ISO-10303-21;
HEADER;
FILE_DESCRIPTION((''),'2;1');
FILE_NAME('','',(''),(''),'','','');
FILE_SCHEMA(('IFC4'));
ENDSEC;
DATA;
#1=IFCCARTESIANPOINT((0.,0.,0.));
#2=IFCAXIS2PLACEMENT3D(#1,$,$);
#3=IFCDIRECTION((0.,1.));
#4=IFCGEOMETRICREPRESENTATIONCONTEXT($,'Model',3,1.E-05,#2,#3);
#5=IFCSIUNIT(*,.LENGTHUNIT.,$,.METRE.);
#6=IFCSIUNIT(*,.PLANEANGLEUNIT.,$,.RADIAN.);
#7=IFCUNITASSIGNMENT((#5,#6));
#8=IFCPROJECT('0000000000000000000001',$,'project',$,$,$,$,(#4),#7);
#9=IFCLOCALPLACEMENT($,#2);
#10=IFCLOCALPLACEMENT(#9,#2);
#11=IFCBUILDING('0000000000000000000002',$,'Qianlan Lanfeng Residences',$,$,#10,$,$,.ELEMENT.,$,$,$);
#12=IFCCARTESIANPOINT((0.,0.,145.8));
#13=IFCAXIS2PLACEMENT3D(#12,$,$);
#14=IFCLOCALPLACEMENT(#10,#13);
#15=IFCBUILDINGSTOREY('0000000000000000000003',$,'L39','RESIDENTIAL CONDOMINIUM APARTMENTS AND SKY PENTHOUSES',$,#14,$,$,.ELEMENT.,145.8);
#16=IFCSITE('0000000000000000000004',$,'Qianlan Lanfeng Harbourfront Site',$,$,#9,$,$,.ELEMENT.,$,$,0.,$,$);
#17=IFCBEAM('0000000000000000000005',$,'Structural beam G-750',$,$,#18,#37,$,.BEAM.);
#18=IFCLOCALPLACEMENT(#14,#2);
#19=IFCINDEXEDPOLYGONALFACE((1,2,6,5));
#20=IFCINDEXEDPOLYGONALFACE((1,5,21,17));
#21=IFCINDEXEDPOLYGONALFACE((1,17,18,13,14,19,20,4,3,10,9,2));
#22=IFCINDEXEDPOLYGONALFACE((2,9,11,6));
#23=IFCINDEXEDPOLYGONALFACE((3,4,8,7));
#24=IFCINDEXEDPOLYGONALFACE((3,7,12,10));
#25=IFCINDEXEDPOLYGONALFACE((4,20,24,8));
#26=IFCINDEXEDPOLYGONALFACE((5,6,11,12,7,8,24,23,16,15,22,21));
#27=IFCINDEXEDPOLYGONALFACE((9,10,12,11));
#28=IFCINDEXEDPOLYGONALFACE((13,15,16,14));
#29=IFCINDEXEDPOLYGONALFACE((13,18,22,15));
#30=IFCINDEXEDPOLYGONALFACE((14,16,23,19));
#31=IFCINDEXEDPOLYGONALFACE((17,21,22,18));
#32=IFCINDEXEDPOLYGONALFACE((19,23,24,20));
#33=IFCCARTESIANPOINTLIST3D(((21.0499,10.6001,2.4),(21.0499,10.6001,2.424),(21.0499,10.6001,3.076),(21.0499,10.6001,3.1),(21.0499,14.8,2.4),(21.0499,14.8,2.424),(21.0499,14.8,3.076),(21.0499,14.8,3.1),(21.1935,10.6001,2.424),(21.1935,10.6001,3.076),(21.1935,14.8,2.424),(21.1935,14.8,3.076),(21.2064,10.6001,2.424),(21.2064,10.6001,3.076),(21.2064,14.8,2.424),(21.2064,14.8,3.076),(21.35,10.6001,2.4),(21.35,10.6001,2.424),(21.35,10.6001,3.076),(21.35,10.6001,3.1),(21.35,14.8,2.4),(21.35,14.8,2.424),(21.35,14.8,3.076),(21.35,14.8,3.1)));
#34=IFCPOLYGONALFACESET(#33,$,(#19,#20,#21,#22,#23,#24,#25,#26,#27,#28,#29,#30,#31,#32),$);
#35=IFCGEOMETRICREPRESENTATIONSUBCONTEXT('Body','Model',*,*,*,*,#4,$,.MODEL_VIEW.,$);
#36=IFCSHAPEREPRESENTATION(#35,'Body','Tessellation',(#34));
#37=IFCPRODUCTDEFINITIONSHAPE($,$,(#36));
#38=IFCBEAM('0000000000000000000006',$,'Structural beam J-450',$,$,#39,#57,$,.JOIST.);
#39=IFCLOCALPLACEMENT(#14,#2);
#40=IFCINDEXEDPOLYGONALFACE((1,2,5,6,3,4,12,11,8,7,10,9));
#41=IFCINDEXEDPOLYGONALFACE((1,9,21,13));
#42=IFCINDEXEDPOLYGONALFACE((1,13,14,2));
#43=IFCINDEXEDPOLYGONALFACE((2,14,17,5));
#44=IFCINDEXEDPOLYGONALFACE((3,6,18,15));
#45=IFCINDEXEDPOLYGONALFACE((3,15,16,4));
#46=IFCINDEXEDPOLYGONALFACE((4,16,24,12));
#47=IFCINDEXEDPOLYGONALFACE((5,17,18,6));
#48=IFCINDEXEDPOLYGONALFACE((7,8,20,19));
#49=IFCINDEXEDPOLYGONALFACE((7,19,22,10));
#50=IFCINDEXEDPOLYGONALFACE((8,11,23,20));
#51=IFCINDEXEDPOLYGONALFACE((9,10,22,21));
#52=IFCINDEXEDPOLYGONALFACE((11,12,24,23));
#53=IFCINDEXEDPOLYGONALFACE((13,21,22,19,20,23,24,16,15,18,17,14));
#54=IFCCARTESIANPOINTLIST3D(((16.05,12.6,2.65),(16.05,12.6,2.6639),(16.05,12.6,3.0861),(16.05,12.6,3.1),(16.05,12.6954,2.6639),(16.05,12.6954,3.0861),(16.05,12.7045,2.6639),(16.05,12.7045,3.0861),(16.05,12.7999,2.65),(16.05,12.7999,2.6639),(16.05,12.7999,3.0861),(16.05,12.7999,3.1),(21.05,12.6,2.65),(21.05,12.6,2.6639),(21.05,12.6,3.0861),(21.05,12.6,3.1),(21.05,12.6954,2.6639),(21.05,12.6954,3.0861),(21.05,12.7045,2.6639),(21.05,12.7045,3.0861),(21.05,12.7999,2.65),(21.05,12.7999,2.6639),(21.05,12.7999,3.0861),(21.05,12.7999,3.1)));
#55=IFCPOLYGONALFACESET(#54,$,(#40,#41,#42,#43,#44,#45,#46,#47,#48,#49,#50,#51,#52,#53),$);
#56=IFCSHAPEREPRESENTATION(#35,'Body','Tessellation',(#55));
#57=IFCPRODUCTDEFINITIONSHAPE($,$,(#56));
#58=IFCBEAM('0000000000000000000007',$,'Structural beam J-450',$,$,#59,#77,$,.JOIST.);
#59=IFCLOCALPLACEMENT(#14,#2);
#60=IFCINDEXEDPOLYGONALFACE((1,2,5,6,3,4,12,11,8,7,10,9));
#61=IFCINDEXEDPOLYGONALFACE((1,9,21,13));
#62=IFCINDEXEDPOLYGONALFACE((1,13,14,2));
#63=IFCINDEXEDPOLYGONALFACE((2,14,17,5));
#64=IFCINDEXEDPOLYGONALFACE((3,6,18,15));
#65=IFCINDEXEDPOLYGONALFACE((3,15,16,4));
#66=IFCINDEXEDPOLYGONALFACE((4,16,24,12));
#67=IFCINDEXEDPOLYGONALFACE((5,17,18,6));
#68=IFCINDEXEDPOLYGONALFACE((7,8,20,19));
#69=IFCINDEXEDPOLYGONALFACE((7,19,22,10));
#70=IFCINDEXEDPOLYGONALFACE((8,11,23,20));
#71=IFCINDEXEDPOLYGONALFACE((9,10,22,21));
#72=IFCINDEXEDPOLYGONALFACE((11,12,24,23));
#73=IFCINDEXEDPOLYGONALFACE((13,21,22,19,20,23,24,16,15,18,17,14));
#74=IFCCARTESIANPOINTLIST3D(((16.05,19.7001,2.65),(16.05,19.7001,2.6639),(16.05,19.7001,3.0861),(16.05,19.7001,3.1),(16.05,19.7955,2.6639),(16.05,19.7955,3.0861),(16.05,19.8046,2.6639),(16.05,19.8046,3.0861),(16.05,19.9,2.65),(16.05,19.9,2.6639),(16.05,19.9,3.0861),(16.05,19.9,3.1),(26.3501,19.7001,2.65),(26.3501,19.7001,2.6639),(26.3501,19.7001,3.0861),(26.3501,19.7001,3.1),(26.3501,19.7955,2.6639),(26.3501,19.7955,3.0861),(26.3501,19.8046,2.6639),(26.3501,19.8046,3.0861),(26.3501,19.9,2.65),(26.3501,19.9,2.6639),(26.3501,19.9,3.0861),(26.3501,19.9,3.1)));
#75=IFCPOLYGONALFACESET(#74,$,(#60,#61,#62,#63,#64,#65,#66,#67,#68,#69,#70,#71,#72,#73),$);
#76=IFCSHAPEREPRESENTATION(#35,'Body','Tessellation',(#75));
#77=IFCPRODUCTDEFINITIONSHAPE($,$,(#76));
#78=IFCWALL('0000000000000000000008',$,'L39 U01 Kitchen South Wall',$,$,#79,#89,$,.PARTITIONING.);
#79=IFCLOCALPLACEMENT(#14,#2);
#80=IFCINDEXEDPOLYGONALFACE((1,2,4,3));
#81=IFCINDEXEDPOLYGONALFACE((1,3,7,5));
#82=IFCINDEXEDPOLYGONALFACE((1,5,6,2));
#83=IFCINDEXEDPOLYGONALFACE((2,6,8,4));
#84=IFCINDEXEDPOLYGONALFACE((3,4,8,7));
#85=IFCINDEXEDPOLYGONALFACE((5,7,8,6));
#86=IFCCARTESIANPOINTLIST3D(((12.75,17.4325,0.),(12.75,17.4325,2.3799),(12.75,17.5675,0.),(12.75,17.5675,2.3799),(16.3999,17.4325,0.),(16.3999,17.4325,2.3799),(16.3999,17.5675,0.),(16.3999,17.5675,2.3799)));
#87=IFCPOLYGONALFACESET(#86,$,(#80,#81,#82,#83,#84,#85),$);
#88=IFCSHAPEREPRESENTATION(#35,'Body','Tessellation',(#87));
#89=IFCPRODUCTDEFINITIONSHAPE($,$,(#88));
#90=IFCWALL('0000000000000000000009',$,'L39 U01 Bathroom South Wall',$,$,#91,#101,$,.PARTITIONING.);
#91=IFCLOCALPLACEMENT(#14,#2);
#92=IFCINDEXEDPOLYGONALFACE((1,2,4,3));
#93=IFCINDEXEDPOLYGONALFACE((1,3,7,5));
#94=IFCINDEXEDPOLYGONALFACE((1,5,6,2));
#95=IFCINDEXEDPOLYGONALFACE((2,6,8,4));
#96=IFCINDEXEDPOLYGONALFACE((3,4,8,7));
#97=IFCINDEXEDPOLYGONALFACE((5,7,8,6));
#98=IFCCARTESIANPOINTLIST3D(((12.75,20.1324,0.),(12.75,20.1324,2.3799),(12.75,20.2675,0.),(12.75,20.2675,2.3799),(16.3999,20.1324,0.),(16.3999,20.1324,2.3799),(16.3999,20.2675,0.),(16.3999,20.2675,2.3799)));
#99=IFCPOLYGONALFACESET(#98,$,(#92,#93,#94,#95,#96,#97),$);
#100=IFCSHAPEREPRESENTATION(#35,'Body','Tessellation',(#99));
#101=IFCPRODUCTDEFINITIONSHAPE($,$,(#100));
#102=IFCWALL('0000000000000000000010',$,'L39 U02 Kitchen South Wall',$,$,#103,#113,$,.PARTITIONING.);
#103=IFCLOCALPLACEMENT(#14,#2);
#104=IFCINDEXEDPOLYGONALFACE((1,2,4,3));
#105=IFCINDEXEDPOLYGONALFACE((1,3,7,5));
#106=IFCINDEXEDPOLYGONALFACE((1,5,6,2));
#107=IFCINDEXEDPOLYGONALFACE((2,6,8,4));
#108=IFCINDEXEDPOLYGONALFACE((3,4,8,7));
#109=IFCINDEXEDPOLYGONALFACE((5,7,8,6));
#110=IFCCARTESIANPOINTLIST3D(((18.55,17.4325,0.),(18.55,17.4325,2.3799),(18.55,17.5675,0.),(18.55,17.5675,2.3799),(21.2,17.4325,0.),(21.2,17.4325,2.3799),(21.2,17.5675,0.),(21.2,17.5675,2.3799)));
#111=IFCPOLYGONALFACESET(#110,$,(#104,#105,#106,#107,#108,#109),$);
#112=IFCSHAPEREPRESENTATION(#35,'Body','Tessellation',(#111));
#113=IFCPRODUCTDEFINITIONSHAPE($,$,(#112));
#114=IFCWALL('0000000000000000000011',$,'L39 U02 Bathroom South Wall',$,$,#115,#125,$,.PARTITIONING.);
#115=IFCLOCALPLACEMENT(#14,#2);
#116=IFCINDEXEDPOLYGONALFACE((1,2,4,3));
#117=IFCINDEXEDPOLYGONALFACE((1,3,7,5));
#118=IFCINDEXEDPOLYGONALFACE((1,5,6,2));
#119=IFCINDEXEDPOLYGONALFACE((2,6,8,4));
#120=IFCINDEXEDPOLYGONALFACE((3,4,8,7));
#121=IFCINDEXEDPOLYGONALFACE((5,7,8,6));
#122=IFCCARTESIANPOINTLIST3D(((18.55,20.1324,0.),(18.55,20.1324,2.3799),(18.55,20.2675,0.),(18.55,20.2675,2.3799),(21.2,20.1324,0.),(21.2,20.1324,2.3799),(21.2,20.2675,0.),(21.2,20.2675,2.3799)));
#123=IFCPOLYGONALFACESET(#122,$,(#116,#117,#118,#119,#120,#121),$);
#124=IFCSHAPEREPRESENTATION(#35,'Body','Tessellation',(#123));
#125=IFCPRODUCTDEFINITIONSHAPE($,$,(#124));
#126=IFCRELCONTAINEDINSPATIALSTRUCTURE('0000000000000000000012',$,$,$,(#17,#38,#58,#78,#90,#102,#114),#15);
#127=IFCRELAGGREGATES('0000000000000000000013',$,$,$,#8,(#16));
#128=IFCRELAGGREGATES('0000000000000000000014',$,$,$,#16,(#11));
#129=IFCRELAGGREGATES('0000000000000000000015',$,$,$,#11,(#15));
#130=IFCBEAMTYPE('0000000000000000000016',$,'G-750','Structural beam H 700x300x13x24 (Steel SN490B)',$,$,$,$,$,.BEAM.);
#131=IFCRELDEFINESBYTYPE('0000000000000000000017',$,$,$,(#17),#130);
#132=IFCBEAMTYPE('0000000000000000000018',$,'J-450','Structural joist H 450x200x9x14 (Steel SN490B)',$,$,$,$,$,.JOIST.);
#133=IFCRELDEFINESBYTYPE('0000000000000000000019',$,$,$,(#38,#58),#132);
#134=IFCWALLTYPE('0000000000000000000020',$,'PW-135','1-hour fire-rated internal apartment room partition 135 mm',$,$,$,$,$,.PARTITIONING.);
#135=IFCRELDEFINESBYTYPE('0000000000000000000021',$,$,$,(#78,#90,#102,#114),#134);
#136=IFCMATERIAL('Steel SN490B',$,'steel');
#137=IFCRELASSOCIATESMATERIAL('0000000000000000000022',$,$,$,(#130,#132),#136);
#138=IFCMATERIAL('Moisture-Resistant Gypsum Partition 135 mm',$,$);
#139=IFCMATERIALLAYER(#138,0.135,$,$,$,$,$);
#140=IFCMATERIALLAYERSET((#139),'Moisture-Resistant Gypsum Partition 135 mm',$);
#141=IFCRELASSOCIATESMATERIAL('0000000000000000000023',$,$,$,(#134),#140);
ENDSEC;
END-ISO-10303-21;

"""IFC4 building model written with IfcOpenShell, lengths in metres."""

from ifc_helpers import new_model, si_unit, direction, frame, frame_2d, origin, origin_2d, place, context, subcontext, project, spatial, rectangle, i_section, extrude, material, layer, layer_set, material_profile, profile_set, type_object, element, save


model = new_model("IFC4")

# Units and contexts
model_context = context("Model", 3, precision=1e-05, world=origin(), true_north=direction((0.0, 1.0)))
body_context = subcontext(model_context, "Body", "Model", "MODEL_VIEW")
ifc_project = project(units=[si_unit("LENGTHUNIT", "METRE"), si_unit("PLANEANGLEUNIT", "RADIAN")], contexts=[model_context])

# Site, building, storey
site_placement = place(None, origin())
site = spatial("IfcSite", under=ifc_project, at=site_placement, Name="Qianlan Lanfeng Harbourfront Site", CompositionType="ELEMENT", RefElevation=0.0)
building_placement = place(site_placement, origin())
building = spatial("IfcBuilding", under=site, at=building_placement, Name="Qianlan Lanfeng Residences", CompositionType="ELEMENT")
storey_placement = place(building_placement, frame((0.0, 0.0, 145.8)))
storey = spatial("IfcBuildingStorey", under=building, at=storey_placement, Name="L39", Description="RESIDENTIAL CONDOMINIUM APARTMENTS AND SKY PENTHOUSES", CompositionType="ELEMENT", Elevation=145.8)

# Shared definitions
ifc_material_1 = material(Name="Steel SN490B", Category="steel")

# Beams
ifc_material_profile_1 = material_profile(ifc_material_1, i_section(OverallWidth=0.3, OverallDepth=0.7, WebThickness=0.0129, FlangeThickness=0.0239, at=origin_2d()), Name="H 700x300x13x24")
ifc_profile_set_1 = profile_set([ifc_material_profile_1], Name="Steel SN490B")
beam_type_1 = type_object("IfcBeamType", Name="G-750", Description="Structural beam H 700x300x13x24 (Steel SN490B)", PredefinedType="BEAM", material=ifc_profile_set_1)
beam_1_placement = place(storey_placement, frame((21.2, 10.6001, 2.75), z_axis=(0.0, 1.0, 0.0), x_axis=(-1.0, 0.0, 0.0)))
element("IfcBeam", 1, at=beam_1_placement, inside=storey, type_object=beam_type_1, Name="Structural beam G-750", PredefinedType="BEAM", context=body_context, shape_type="SweptSolid", body=[
    extrude(i_section(OverallWidth=0.3, OverallDepth=0.7, WebThickness=0.0129, FlangeThickness=0.0239, at=origin_2d()), origin(), (0.0, 0.0, 1.0), 4.2),
])
ifc_material_profile_2 = material_profile(ifc_material_1, i_section(OverallWidth=0.2, OverallDepth=0.45, WebThickness=0.009, FlangeThickness=0.0139, at=origin_2d()), Name="H 450x200x9x14")
ifc_profile_set_2 = profile_set([ifc_material_profile_2], Name="Steel SN490B")
beam_type_2 = type_object("IfcBeamType", Name="J-450", Description="Structural joist H 450x200x9x14 (Steel SN490B)", PredefinedType="JOIST", material=ifc_profile_set_2)
beam_2_placement = place(storey_placement, frame((16.05, 12.7, 2.875), z_axis=(1.0, 0.0, 0.0), x_axis=(0.0, 1.0, 0.0)))
element("IfcBeam", 2, at=beam_2_placement, inside=storey, type_object=beam_type_2, Name="Structural beam J-450", PredefinedType="JOIST", context=body_context, shape_type="SweptSolid", body=[
    extrude(i_section(OverallWidth=0.2, OverallDepth=0.45, WebThickness=0.009, FlangeThickness=0.0139, at=origin_2d()), origin(), (0.0, 0.0, 1.0), 5.0),
])
beam_3_placement = place(storey_placement, frame((16.05, 19.8, 2.875), z_axis=(1.0, 0.0, 0.0), x_axis=(0.0, 1.0, 0.0)))
element("IfcBeam", 3, at=beam_3_placement, inside=storey, type_object=beam_type_2, Name="Structural beam J-450", PredefinedType="JOIST", context=body_context, shape_type="SweptSolid", body=[
    extrude(i_section(OverallWidth=0.2, OverallDepth=0.45, WebThickness=0.009, FlangeThickness=0.0139, at=origin_2d()), origin(), (0.0, 0.0, 1.0), 10.3),
])

# Shared definitions
ifc_material_2 = material(Name="Moisture-Resistant Gypsum Partition 135 mm")
ifc_layer = layer(ifc_material_2, 0.135)
ifc_layer_set = layer_set([ifc_layer], Name="Moisture-Resistant Gypsum Partition 135 mm")
wall_type = type_object("IfcWallType", Name="PW-135", Description="1-hour fire-rated internal apartment room partition 135 mm", PredefinedType="PARTITIONING", material=ifc_layer_set)

# Walls
for number, where, z_axis, x_axis, name in (
    (4, (12.75, 17.5, 0.0), (0.0, 0.0, 1.0), (1.0, 0.0, 0.0), "L39 U01 Kitchen South Wall"),
    (5, (12.75, 20.2, 0.0), (0.0, 0.0, 1.0), (1.0, 0.0, 0.0), "L39 U01 Bathroom South Wall"),
):
    element("IfcWall", number, at=place(storey_placement, frame(where, z_axis=z_axis, x_axis=x_axis)), inside=storey, type_object=wall_type, Name=name, PredefinedType="PARTITIONING", context=body_context, shape_type="SweptSolid", body=[
        extrude(rectangle(XDim=3.6499, YDim=0.135, at=frame_2d((1.825, 0.0))), origin(), (0.0, 0.0, 1.0), 2.3799),
    ])

# Walls
for number, where, z_axis, x_axis, name in (
    (6, (18.55, 17.5, 0.0), (0.0, 0.0, 1.0), (1.0, 0.0, 0.0), "L39 U02 Kitchen South Wall"),
    (7, (18.55, 20.2, 0.0), (0.0, 0.0, 1.0), (1.0, 0.0, 0.0), "L39 U02 Bathroom South Wall"),
):
    element("IfcWall", number, at=place(storey_placement, frame(where, z_axis=z_axis, x_axis=x_axis)), inside=storey, type_object=wall_type, Name=name, PredefinedType="PARTITIONING", context=body_context, shape_type="SweptSolid", body=[
        extrude(rectangle(XDim=2.6499, YDim=0.135, at=frame_2d((1.325, 0.0))), origin(), (0.0, 0.0, 1.0), 2.3799),
    ])

save(model, "model.ifc")
